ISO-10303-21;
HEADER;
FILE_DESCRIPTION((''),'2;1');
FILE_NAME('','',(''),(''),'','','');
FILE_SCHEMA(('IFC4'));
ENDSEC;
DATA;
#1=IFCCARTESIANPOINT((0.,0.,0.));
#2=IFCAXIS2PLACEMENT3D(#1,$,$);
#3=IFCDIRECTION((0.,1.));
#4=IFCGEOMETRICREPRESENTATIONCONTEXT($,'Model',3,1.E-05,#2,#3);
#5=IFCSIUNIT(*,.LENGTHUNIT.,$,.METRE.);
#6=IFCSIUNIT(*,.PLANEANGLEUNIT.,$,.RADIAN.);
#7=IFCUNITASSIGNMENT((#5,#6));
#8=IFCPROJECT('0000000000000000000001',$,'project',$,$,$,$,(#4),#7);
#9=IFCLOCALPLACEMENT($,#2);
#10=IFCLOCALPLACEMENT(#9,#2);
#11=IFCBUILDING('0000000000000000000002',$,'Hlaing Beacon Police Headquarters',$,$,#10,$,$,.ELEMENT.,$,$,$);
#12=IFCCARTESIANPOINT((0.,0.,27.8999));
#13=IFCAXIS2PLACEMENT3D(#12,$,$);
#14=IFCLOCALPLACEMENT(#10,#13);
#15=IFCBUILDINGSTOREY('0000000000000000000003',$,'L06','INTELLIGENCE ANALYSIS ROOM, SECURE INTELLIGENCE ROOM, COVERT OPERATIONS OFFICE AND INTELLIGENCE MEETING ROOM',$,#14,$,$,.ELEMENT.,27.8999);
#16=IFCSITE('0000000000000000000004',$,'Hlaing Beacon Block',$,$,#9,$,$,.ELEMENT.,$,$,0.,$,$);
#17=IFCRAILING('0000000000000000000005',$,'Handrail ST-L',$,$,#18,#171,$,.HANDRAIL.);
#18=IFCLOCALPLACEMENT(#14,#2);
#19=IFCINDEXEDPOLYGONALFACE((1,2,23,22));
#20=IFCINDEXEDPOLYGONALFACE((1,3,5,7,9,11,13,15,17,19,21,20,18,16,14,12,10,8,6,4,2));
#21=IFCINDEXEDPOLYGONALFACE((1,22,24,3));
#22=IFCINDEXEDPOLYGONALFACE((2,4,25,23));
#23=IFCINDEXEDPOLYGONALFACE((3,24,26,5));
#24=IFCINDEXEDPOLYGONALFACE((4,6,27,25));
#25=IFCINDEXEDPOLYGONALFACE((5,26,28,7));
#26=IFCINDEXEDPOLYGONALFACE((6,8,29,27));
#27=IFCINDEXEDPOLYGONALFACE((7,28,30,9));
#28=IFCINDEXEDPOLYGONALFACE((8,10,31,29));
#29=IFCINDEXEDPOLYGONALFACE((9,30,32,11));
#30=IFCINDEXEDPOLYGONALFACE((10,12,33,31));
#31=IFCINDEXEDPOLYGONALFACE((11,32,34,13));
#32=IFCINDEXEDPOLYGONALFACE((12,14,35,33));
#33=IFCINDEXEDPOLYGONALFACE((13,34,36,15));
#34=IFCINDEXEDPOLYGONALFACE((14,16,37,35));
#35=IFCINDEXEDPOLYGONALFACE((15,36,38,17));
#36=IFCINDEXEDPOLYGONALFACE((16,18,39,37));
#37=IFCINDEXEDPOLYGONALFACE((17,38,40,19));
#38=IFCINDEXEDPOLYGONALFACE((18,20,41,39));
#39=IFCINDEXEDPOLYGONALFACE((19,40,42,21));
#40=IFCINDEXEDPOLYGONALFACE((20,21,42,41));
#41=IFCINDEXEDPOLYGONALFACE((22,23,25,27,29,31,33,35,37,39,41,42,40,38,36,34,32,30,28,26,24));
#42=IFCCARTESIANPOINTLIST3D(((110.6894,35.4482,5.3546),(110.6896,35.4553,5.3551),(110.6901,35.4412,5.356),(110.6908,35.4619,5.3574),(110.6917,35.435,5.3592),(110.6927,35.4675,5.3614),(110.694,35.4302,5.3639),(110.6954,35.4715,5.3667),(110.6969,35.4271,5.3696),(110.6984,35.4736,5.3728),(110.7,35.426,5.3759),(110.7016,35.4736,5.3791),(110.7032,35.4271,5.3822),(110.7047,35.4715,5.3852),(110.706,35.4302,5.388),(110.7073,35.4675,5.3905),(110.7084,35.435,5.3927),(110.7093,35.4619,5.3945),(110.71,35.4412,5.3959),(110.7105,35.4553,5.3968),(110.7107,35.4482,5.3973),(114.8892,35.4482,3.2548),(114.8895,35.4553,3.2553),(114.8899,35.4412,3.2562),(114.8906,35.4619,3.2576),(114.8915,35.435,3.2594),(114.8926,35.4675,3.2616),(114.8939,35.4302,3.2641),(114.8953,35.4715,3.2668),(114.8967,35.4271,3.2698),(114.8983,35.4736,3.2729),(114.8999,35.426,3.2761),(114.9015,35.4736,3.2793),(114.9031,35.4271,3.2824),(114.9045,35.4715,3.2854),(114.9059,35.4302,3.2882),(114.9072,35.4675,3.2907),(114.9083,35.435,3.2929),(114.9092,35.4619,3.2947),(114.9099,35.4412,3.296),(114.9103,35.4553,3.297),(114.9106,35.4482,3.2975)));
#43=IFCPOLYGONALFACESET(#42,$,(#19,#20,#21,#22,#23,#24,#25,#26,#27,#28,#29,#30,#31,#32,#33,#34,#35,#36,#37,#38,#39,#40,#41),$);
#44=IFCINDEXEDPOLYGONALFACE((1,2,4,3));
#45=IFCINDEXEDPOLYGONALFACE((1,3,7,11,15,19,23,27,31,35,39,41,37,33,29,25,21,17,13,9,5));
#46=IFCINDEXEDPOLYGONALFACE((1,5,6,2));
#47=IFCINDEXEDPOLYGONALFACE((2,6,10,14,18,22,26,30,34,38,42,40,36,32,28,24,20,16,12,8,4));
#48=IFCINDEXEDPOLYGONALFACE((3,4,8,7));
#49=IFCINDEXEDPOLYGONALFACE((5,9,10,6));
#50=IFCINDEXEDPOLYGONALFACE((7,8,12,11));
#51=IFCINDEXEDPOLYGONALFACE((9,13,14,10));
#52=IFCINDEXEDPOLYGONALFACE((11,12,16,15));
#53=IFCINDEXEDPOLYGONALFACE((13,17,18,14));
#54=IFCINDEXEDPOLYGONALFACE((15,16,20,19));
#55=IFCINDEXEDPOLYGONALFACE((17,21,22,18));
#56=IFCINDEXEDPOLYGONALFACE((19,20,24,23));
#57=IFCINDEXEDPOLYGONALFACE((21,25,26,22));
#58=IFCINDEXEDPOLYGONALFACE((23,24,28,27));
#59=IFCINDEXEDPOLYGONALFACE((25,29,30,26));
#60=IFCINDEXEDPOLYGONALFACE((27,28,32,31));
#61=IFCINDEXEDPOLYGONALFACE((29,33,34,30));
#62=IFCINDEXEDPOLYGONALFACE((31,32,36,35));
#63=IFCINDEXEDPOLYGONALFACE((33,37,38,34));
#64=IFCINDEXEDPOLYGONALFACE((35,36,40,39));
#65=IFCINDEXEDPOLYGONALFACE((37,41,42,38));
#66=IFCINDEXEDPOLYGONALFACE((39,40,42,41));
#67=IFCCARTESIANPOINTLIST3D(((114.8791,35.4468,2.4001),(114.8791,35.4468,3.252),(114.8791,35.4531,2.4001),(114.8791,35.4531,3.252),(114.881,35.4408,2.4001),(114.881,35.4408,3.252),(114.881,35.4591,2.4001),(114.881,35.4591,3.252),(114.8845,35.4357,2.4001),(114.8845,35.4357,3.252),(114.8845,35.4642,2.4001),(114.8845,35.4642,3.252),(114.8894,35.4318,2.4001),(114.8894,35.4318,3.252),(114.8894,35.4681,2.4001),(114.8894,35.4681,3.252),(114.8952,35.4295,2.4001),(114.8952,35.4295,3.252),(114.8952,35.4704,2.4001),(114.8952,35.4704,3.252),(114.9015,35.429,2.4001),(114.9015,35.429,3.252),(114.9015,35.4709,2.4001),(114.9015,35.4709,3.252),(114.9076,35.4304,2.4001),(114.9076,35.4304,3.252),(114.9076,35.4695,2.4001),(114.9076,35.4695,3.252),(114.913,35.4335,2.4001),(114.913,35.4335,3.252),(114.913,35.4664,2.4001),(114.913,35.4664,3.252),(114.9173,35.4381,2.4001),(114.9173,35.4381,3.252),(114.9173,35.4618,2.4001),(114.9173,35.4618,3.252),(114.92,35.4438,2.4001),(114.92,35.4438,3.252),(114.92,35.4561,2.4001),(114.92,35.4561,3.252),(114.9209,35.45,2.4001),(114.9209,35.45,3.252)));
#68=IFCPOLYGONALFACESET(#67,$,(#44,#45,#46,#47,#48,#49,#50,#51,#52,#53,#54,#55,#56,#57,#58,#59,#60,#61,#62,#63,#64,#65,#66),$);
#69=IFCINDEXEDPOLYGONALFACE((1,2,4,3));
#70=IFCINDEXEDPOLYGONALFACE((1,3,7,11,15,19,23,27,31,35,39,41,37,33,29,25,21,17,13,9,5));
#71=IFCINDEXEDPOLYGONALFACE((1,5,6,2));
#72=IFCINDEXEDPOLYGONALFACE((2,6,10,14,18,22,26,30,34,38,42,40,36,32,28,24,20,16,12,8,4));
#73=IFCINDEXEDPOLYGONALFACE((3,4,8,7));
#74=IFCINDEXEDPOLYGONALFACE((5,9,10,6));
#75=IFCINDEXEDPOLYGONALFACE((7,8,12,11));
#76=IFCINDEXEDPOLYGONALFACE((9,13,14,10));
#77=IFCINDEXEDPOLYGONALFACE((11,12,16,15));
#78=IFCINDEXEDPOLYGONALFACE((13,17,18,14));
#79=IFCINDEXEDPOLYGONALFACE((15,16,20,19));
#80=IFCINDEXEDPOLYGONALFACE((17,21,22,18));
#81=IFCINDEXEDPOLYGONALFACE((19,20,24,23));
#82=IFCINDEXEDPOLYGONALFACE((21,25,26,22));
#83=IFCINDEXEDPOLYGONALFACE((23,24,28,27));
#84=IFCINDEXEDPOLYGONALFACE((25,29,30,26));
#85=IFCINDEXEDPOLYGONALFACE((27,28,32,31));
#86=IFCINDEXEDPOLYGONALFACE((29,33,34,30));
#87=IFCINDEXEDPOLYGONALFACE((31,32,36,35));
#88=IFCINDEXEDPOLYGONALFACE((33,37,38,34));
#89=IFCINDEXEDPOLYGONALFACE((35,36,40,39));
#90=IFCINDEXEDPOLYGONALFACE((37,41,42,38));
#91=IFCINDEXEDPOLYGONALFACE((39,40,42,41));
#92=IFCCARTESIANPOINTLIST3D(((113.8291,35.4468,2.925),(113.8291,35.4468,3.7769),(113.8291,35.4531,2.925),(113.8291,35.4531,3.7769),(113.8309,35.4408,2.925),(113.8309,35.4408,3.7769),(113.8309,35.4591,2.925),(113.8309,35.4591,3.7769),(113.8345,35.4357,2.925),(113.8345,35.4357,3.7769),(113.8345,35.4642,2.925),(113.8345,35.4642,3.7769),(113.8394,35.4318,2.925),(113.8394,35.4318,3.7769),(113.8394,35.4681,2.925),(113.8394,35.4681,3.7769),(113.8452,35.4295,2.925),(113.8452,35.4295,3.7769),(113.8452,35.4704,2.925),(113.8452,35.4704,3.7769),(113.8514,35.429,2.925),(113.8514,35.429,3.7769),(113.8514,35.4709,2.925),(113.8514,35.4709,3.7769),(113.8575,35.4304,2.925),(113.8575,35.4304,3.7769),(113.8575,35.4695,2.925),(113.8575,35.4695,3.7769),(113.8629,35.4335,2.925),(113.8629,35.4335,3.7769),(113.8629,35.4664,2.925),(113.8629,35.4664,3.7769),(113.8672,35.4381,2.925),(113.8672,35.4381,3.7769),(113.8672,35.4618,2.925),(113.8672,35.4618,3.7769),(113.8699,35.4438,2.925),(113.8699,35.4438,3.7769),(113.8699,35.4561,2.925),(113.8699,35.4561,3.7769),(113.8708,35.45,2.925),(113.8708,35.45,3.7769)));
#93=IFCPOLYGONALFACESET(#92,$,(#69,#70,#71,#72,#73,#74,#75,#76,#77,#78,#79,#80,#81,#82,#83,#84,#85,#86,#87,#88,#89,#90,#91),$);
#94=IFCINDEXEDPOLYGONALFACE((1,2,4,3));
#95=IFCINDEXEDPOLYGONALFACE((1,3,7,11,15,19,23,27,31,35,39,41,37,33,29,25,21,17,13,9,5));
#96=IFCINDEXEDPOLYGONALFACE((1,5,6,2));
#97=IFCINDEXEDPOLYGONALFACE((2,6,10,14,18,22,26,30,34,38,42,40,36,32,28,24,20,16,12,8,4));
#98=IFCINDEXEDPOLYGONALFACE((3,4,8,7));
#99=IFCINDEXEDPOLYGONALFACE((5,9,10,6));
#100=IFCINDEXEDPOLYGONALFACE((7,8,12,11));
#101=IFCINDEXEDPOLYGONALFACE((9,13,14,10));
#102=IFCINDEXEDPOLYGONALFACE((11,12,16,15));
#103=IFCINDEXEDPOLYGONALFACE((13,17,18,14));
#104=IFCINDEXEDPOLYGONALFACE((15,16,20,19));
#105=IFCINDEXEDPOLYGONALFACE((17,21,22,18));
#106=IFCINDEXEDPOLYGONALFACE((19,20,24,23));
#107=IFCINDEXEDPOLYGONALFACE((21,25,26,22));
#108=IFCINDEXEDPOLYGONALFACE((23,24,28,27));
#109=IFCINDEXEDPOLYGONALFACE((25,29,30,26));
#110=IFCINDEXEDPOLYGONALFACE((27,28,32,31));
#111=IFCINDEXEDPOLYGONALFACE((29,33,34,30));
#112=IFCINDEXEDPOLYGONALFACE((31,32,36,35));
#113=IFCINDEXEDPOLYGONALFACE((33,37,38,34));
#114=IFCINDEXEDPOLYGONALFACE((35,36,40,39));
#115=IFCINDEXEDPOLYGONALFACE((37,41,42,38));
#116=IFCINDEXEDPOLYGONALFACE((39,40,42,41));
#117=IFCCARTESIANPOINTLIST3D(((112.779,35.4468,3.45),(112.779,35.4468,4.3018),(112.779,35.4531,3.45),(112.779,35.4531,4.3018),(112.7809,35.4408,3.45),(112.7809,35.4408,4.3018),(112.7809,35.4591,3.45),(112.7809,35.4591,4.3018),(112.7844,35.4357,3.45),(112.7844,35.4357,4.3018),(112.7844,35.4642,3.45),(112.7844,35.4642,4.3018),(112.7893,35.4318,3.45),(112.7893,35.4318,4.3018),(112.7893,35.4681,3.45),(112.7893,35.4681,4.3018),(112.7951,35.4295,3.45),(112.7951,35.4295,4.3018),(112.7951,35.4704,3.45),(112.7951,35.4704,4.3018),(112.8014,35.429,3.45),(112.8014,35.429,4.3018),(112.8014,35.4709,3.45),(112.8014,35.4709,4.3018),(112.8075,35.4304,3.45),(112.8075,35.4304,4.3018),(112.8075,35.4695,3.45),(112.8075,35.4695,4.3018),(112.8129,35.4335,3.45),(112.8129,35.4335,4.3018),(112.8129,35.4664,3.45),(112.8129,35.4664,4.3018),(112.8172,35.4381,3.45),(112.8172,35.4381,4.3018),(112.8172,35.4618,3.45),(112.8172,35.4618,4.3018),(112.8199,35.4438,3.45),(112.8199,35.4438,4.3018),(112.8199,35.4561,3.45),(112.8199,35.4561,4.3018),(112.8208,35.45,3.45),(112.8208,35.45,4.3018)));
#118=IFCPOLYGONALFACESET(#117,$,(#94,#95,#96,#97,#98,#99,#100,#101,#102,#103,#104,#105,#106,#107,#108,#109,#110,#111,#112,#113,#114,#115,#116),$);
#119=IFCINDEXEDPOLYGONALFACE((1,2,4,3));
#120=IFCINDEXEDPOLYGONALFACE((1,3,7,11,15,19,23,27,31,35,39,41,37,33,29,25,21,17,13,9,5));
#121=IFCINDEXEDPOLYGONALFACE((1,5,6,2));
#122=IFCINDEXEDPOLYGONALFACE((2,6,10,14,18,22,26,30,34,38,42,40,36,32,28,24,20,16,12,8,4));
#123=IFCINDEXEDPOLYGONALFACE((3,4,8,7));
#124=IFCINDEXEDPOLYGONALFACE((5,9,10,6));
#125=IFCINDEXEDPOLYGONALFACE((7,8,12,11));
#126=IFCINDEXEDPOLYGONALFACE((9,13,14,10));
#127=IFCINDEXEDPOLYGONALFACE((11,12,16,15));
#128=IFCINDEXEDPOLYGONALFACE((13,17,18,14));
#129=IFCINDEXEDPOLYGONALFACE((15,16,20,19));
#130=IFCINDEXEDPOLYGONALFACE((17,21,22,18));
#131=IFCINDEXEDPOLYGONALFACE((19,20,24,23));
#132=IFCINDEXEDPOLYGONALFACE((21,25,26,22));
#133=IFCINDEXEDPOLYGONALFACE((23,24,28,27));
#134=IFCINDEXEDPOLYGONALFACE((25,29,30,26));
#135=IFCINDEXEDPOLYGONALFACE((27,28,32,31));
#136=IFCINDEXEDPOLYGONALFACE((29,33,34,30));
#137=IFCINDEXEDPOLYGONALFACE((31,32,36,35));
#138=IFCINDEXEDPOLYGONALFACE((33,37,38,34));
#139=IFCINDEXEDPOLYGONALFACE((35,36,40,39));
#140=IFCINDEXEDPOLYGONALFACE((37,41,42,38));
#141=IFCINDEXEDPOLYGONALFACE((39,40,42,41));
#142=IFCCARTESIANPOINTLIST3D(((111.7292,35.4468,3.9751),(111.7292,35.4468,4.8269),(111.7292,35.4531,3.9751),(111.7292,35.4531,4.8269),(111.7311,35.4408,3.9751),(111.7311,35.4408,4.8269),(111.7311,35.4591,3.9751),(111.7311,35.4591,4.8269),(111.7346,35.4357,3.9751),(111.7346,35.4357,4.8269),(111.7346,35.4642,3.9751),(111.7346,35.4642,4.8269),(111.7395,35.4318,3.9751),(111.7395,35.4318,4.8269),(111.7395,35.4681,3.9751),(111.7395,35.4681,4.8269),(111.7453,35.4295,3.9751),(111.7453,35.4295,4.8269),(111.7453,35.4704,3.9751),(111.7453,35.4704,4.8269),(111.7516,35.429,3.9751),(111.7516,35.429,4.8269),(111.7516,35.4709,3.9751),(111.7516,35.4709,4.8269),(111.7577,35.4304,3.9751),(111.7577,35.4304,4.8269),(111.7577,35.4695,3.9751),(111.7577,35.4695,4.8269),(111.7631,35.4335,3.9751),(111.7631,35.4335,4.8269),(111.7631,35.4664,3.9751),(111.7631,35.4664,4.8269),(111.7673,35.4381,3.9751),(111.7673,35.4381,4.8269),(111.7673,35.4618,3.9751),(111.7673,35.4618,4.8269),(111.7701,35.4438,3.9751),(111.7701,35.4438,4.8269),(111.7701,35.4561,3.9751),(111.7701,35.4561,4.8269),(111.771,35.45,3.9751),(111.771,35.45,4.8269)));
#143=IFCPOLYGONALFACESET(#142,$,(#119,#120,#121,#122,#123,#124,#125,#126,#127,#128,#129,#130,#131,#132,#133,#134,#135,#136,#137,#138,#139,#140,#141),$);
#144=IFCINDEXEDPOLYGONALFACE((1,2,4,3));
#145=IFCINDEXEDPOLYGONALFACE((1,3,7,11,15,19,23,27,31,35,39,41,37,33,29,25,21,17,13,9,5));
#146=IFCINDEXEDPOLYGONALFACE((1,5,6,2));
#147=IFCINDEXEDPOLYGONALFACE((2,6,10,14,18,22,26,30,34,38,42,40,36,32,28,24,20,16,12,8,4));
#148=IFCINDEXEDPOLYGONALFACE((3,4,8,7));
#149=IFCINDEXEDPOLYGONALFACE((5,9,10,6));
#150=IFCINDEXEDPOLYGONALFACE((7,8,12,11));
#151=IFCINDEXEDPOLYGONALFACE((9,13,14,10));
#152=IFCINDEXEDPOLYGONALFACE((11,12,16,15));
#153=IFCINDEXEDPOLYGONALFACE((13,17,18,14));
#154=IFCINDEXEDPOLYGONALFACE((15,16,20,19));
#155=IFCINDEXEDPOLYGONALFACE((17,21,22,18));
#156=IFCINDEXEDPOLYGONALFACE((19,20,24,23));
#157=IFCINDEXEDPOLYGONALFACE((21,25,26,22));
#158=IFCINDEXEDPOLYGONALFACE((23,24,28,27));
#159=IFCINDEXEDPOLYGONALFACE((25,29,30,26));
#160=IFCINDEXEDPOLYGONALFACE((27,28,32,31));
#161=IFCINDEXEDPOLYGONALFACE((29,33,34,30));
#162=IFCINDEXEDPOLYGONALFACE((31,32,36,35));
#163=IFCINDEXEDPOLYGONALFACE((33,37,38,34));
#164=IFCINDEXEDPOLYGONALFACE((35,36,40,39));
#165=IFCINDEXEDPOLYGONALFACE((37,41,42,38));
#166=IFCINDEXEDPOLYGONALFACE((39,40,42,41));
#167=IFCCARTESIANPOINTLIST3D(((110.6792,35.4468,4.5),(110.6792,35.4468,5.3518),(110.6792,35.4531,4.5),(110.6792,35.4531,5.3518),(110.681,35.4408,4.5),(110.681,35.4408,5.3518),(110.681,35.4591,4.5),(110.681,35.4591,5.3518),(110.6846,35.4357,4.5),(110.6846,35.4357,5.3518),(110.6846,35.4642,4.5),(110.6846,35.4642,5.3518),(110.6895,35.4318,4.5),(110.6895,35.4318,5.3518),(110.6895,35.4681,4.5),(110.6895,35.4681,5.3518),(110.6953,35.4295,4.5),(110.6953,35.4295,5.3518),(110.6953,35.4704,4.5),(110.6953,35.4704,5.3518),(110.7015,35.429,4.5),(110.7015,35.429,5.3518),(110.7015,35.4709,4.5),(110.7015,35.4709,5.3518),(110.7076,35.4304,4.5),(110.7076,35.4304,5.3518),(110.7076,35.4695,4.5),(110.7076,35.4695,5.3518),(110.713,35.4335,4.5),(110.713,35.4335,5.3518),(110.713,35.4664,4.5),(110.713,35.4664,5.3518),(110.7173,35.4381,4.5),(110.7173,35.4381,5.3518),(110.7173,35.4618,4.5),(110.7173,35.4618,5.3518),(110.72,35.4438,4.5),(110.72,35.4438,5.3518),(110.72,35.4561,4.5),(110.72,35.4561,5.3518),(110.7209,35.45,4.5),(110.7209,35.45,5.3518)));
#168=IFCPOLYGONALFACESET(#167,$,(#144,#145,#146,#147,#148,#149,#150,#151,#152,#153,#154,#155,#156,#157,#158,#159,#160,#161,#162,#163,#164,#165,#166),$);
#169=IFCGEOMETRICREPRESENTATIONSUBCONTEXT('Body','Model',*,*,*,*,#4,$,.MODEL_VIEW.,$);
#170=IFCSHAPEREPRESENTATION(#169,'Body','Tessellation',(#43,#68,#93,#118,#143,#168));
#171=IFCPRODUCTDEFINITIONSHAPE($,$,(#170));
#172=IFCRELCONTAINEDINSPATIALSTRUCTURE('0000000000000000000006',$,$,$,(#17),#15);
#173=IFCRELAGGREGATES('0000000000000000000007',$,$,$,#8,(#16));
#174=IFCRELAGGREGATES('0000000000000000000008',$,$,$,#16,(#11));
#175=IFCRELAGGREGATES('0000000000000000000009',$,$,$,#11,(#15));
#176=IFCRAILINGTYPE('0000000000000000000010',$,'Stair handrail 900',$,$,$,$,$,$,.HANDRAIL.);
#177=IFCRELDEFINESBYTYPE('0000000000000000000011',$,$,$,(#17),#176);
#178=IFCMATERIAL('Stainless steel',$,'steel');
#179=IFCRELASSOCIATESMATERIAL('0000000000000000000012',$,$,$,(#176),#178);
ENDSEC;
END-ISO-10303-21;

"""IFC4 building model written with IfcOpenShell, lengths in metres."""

from ifc_helpers import new_model, si_unit, direction, frame, origin, origin_2d, place, context, subcontext, project, spatial, circle, extrude, material, type_object, element, save


model = new_model("IFC4")

# Units and contexts
model_context = context("Model", 3, precision=1e-05, world=origin(), true_north=direction((0.0, 1.0)))
body_context = subcontext(model_context, "Body", "Model", "MODEL_VIEW")
ifc_project = project(units=[si_unit("LENGTHUNIT", "METRE"), si_unit("PLANEANGLEUNIT", "RADIAN")], contexts=[model_context])

# Site, building, storey
site_placement = place(None, origin())
site = spatial("IfcSite", under=ifc_project, at=site_placement, Name="Hlaing Beacon Block", CompositionType="ELEMENT", RefElevation=0.0)
building_placement = place(site_placement, origin())
building = spatial("IfcBuilding", under=site, at=building_placement, Name="Hlaing Beacon Police Headquarters", CompositionType="ELEMENT")
storey_placement = place(building_placement, frame((0.0, 0.0, 27.8999)))
storey = spatial("IfcBuildingStorey", under=building, at=storey_placement, Name="L06", Description="INTELLIGENCE ANALYSIS ROOM, SECURE INTELLIGENCE ROOM, COVERT OPERATIONS OFFICE AND INTELLIGENCE MEETING ROOM", CompositionType="ELEMENT", Elevation=27.8999)

# Railing
ifc_material_1 = material(Name="Stainless steel", Category="steel")
railing_type_1 = type_object("IfcRailingType", Name="Stair handrail 900", PredefinedType="HANDRAIL", material=ifc_material_1)
for number, where, name in (
    (1, (114.8999, 35.45, 2.4001), "Handrail ST-L"),
):
    element("IfcRailing", number, at=place(storey_placement, frame(where)), inside=storey, type_object=railing_type_1, Name=name, PredefinedType="HANDRAIL", context=body_context, shape_type="SweptSolid", body=[
        extrude(circle(Radius=0.0239, at=origin_2d()), frame((0.0, 0.0, 0.876), z_axis=(-0.894438, 0.0, 0.447193), x_axis=(0.0, -1.0, 0.0)), (0.0, 0.0, 1.0), 4.6956),
        extrude(circle(Radius=0.021, at=origin_2d()), origin(), (0.0, 0.0, 1.0), 0.8518),
        extrude(circle(Radius=0.021, at=origin_2d()), frame((-1.05, 0.0, 0.5249)), (0.0, 0.0, 1.0), 0.8518),
        extrude(circle(Radius=0.021, at=origin_2d()), frame((-2.1001, 0.0, 1.0498)), (0.0, 0.0, 1.0), 0.8518),
        extrude(circle(Radius=0.021, at=origin_2d()), frame((-3.1499, 0.0, 1.575)), (0.0, 0.0, 1.0), 0.8518),
        extrude(circle(Radius=0.021, at=origin_2d()), frame((-4.2, 0.0, 2.0999)), (0.0, 0.0, 1.0), 0.8518),
    ])

save(model, "model.ifc")
